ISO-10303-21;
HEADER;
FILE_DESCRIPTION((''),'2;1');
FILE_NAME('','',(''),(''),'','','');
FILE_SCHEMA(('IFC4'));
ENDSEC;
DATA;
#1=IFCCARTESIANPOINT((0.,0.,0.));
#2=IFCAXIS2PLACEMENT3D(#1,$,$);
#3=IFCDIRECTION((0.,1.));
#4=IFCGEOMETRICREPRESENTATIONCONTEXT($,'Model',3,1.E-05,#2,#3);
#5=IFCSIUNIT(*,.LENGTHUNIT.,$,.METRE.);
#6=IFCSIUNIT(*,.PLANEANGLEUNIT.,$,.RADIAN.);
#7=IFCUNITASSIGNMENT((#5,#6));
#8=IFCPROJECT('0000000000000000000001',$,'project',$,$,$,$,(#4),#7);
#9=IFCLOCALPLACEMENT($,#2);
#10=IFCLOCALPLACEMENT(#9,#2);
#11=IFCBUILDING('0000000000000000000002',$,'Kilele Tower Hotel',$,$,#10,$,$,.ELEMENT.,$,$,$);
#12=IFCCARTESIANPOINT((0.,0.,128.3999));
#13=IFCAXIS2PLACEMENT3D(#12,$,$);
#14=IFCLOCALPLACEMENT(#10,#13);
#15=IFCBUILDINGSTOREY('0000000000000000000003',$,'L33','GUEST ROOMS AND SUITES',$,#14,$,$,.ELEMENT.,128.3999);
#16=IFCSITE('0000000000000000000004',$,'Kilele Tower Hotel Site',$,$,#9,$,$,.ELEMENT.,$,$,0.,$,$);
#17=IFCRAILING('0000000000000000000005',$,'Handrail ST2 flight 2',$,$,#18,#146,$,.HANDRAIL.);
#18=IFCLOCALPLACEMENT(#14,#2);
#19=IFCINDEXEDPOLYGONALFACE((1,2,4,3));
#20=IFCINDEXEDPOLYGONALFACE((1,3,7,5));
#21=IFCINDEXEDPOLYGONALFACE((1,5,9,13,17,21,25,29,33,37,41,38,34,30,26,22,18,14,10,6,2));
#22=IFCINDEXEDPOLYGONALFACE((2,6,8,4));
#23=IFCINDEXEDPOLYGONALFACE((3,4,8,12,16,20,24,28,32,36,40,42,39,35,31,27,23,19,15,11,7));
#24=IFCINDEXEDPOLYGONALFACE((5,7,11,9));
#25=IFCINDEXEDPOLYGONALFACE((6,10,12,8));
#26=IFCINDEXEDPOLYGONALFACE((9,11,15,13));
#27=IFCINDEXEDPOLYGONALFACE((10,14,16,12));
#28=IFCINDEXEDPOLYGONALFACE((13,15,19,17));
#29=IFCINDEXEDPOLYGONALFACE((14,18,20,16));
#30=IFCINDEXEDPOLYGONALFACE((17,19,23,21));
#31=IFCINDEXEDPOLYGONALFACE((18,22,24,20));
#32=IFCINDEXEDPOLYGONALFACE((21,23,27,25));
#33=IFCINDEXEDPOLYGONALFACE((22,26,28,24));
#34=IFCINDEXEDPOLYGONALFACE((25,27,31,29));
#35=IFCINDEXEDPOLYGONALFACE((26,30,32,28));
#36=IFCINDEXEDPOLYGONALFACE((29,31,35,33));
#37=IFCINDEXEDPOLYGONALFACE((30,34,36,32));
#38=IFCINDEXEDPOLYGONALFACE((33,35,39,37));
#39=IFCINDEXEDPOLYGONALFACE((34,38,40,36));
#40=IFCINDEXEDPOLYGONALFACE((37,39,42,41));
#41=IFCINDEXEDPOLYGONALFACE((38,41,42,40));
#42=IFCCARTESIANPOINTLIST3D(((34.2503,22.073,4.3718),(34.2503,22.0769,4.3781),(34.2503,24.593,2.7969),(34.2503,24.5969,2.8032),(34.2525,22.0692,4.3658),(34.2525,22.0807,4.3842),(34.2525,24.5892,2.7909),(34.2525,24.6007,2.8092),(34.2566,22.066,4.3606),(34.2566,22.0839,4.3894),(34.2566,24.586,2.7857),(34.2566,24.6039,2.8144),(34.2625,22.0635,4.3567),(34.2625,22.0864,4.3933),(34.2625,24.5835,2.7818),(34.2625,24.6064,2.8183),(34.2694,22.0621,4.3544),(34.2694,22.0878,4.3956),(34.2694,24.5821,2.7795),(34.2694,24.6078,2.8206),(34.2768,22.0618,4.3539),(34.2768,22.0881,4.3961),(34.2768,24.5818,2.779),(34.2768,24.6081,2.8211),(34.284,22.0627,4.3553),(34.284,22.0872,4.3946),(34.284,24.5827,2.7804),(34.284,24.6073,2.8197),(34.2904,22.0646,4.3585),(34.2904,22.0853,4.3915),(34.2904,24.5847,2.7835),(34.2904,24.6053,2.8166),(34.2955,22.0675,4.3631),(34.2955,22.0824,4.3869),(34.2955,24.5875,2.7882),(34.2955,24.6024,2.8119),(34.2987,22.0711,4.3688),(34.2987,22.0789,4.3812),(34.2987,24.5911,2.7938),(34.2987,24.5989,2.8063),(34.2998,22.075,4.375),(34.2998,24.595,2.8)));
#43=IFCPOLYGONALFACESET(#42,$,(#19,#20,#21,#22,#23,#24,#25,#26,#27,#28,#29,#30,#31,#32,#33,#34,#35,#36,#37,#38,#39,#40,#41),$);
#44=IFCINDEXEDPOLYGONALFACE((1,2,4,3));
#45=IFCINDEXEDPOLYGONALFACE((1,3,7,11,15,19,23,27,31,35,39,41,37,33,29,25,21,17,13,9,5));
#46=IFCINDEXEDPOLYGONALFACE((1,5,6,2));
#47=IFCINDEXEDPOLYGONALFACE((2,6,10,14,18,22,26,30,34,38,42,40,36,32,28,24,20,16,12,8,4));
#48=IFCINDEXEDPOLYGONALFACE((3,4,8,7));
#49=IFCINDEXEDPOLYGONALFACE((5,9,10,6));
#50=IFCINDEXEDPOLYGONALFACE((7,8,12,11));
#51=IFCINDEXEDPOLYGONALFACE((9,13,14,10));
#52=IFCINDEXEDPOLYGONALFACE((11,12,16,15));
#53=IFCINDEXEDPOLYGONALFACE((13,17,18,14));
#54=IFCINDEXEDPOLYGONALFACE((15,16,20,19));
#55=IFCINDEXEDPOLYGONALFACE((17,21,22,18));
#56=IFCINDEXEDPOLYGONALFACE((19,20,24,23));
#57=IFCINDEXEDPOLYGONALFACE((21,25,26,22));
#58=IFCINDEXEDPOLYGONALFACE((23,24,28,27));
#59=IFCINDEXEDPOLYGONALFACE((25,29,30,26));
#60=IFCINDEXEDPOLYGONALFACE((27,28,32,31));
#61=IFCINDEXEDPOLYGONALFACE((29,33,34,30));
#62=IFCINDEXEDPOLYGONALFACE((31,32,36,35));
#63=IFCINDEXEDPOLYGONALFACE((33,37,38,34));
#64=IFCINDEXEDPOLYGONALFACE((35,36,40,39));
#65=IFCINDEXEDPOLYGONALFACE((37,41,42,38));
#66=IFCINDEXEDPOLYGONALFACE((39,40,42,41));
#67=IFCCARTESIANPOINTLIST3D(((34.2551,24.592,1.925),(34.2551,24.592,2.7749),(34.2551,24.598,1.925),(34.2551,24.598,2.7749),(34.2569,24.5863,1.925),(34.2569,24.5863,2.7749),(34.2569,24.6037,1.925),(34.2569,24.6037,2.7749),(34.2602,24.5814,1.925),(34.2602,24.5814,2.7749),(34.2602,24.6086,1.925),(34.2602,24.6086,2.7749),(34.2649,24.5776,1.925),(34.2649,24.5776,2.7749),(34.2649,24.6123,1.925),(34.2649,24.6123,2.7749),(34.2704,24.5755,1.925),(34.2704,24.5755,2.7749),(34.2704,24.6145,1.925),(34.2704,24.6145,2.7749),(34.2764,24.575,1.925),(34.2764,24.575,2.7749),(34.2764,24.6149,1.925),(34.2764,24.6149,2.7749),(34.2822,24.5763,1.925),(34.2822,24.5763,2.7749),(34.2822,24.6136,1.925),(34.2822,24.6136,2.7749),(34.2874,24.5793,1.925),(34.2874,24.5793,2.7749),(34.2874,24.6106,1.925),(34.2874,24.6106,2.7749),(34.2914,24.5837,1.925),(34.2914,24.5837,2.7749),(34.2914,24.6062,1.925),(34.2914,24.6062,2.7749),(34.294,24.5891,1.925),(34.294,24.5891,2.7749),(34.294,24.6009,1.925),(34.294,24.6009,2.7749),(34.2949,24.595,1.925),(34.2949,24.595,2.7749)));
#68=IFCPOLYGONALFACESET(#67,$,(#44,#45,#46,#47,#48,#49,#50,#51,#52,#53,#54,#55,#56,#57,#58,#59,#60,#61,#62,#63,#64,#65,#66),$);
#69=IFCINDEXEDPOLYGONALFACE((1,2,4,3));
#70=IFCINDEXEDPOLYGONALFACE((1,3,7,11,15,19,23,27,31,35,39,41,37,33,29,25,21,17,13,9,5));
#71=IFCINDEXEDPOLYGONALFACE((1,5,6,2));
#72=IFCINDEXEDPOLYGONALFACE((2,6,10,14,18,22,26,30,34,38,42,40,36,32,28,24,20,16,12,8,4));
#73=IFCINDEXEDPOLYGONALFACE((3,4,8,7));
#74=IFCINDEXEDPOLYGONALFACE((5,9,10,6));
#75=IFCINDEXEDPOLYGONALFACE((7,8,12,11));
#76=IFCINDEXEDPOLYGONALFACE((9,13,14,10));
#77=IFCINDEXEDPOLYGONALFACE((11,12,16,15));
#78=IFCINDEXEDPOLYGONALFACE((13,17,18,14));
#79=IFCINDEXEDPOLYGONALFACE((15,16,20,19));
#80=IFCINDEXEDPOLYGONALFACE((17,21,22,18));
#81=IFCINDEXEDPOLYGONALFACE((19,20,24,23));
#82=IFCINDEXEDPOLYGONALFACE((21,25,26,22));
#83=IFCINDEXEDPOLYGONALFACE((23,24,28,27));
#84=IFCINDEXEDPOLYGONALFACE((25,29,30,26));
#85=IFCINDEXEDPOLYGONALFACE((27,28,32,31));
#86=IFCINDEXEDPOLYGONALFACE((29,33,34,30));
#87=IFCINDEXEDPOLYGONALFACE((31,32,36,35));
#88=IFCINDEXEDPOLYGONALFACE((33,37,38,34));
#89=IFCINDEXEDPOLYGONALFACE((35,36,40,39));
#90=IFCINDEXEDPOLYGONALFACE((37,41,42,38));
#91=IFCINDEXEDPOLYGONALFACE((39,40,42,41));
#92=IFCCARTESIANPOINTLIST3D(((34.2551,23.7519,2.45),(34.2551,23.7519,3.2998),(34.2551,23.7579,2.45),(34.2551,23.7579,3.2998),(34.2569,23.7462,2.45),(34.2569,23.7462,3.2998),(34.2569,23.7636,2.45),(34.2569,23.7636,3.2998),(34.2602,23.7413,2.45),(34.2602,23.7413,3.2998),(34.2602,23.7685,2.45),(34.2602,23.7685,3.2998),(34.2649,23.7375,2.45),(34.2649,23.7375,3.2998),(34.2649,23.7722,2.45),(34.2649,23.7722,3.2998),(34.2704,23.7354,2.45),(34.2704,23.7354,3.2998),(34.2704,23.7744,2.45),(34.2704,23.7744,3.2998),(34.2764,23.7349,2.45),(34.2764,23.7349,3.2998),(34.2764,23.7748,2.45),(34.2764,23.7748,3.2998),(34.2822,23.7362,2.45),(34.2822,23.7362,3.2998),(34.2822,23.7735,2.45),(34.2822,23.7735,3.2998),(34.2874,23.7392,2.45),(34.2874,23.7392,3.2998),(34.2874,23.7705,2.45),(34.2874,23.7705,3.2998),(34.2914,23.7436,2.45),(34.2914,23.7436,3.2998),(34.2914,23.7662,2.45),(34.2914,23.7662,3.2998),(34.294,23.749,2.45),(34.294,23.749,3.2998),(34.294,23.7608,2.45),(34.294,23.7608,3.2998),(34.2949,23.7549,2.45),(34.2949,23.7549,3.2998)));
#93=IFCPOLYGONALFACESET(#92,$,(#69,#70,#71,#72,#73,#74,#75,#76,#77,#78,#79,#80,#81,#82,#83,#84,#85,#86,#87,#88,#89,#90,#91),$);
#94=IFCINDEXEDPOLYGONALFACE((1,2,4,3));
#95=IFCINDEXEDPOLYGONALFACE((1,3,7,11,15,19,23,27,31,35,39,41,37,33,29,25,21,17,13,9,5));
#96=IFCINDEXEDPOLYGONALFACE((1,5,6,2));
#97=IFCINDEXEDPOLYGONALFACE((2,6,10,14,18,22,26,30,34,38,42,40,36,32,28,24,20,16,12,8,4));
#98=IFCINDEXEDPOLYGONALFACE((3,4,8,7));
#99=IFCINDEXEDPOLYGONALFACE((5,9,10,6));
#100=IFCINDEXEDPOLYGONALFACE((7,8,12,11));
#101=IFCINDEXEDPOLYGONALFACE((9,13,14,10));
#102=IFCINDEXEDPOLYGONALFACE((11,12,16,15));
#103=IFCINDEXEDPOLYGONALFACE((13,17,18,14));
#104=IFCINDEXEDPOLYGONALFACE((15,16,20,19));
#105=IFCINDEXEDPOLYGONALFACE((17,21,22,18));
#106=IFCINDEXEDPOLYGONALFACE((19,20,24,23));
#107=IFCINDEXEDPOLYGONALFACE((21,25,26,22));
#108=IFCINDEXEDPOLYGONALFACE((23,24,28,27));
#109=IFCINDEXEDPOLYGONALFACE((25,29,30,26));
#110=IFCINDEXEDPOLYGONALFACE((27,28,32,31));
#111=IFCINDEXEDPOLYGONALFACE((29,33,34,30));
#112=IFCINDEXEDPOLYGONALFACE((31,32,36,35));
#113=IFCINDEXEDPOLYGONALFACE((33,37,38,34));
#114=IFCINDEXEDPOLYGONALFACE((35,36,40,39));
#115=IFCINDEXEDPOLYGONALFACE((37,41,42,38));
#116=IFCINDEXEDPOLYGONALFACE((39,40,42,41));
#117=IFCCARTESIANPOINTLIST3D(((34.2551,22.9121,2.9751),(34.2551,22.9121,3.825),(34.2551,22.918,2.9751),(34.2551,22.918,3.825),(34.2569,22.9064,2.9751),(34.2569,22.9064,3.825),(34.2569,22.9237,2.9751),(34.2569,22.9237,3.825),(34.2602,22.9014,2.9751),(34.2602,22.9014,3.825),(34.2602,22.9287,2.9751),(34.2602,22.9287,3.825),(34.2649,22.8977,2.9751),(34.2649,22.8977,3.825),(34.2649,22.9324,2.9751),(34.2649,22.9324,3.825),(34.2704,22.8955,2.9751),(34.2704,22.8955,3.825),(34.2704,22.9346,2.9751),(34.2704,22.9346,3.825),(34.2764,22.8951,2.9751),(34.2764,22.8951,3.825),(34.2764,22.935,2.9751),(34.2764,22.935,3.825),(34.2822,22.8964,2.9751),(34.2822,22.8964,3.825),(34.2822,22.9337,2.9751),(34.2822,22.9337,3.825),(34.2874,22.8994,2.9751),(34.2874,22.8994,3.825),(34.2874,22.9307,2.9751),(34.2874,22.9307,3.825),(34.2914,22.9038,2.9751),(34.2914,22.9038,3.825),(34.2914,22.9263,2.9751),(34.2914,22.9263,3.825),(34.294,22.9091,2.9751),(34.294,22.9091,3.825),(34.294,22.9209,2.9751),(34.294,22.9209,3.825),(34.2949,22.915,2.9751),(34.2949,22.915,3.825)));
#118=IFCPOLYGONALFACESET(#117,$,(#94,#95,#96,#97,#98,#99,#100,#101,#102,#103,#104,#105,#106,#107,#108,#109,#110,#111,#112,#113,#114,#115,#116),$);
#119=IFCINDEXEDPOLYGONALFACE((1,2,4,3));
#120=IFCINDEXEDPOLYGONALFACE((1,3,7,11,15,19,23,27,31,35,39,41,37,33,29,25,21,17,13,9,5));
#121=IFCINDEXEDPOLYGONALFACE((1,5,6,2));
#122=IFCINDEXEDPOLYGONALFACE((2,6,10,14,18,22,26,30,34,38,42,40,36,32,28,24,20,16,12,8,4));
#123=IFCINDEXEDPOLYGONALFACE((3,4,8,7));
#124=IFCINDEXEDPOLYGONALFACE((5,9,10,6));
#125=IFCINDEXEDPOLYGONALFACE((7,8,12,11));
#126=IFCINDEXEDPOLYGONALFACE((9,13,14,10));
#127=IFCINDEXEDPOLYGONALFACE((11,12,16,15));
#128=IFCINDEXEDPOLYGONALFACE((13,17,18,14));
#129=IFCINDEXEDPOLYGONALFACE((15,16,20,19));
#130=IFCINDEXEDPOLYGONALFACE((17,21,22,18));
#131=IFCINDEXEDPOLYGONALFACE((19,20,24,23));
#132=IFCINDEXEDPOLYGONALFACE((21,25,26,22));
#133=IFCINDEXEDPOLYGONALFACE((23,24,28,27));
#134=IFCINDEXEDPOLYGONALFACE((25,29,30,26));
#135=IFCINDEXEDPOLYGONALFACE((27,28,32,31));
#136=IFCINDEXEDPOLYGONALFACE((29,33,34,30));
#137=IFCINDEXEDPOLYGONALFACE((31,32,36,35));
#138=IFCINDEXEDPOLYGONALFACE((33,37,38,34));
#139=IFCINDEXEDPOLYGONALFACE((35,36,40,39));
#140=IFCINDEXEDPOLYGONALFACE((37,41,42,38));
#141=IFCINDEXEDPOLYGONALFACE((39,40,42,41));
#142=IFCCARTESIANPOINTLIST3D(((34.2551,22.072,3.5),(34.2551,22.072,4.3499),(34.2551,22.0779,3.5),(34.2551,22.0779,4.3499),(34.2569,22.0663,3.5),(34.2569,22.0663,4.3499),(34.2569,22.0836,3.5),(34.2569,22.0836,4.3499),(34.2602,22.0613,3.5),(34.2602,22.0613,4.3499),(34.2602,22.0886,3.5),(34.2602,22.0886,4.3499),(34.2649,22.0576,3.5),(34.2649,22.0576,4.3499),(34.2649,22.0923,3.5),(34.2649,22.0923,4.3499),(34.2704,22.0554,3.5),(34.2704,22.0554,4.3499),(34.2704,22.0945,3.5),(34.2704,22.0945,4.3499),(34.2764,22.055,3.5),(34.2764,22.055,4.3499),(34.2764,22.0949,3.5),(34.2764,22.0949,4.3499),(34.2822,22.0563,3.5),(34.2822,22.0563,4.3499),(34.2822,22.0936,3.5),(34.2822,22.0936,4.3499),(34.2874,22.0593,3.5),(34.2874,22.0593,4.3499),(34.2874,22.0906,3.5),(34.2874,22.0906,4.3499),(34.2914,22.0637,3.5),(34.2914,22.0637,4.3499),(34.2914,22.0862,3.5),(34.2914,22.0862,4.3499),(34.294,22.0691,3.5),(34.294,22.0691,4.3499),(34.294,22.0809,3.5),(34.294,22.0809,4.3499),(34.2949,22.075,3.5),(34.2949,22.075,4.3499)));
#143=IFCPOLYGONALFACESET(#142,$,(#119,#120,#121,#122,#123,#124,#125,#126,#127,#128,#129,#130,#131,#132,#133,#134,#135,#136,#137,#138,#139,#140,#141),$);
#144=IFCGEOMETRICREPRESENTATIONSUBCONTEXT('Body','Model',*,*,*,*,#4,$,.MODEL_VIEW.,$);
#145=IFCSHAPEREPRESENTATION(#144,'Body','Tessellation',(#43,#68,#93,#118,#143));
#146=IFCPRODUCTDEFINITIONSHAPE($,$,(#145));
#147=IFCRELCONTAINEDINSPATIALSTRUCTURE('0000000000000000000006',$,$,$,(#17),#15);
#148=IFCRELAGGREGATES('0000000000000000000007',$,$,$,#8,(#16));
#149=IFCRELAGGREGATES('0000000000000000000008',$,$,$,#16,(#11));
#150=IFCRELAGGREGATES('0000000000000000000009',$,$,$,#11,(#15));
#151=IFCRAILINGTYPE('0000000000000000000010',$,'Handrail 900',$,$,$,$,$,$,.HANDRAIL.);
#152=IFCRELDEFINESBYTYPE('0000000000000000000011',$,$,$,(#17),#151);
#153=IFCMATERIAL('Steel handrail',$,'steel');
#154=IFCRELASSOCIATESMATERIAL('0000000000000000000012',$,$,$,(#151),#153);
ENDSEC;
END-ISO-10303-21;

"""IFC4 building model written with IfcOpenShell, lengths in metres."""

from ifc_helpers import new_model, si_unit, direction, frame, origin, origin_2d, place, context, subcontext, project, spatial, circle, extrude, material, type_object, element, save


model = new_model("IFC4")

# Units and contexts
model_context = context("Model", 3, precision=1e-05, world=origin(), true_north=direction((0.0, 1.0)))
body_context = subcontext(model_context, "Body", "Model", "MODEL_VIEW")
ifc_project = project(units=[si_unit("LENGTHUNIT", "METRE"), si_unit("PLANEANGLEUNIT", "RADIAN")], contexts=[model_context])

# Site, building, storey
site_placement = place(None, origin())
site = spatial("IfcSite", under=ifc_project, at=site_placement, Name="Kilele Tower Hotel Site", CompositionType="ELEMENT", RefElevation=0.0)
building_placement = place(site_placement, origin())
building = spatial("IfcBuilding", under=site, at=building_placement, Name="Kilele Tower Hotel", CompositionType="ELEMENT")
storey_placement = place(building_placement, frame((0.0, 0.0, 128.3999)))
storey = spatial("IfcBuildingStorey", under=building, at=storey_placement, Name="L33", Description="GUEST ROOMS AND SUITES", CompositionType="ELEMENT", Elevation=128.3999)

# Railing
ifc_material_1 = material(Name="Steel handrail", Category="steel")
railing_type_1 = type_object("IfcRailingType", Name="Handrail 900", PredefinedType="HANDRAIL", material=ifc_material_1)
for number, where, name in (
    (1, (34.2749, 24.595, 1.925), "Handrail ST2 flight 2"),
):
    element("IfcRailing", number, at=place(storey_placement, frame(where)), inside=storey, type_object=railing_type_1, Name=name, PredefinedType="HANDRAIL", context=body_context, shape_type="SweptSolid", body=[
        extrude(circle(Radius=0.0249, at=origin_2d()), frame((0.0, 0.0, 0.875), z_axis=(0.0, -0.848008, 0.529984), x_axis=(1.0, 0.0, 0.0)), (0.0, 0.0, 1.0), 2.9717),
        extrude(circle(Radius=0.02, at=origin_2d()), origin(), (0.0, 0.0, 1.0), 0.8499),
        extrude(circle(Radius=0.02, at=origin_2d()), frame((0.0, -0.8401, 0.5249)), (0.0, 0.0, 1.0), 0.8499),
        extrude(circle(Radius=0.02, at=origin_2d()), frame((0.0, -1.6799, 1.05)), (0.0, 0.0, 1.0), 0.8499),
        extrude(circle(Radius=0.02, at=origin_2d()), frame((0.0, -2.52, 1.575)), (0.0, 0.0, 1.0), 0.8499),
    ])

save(model, "model.ifc")
